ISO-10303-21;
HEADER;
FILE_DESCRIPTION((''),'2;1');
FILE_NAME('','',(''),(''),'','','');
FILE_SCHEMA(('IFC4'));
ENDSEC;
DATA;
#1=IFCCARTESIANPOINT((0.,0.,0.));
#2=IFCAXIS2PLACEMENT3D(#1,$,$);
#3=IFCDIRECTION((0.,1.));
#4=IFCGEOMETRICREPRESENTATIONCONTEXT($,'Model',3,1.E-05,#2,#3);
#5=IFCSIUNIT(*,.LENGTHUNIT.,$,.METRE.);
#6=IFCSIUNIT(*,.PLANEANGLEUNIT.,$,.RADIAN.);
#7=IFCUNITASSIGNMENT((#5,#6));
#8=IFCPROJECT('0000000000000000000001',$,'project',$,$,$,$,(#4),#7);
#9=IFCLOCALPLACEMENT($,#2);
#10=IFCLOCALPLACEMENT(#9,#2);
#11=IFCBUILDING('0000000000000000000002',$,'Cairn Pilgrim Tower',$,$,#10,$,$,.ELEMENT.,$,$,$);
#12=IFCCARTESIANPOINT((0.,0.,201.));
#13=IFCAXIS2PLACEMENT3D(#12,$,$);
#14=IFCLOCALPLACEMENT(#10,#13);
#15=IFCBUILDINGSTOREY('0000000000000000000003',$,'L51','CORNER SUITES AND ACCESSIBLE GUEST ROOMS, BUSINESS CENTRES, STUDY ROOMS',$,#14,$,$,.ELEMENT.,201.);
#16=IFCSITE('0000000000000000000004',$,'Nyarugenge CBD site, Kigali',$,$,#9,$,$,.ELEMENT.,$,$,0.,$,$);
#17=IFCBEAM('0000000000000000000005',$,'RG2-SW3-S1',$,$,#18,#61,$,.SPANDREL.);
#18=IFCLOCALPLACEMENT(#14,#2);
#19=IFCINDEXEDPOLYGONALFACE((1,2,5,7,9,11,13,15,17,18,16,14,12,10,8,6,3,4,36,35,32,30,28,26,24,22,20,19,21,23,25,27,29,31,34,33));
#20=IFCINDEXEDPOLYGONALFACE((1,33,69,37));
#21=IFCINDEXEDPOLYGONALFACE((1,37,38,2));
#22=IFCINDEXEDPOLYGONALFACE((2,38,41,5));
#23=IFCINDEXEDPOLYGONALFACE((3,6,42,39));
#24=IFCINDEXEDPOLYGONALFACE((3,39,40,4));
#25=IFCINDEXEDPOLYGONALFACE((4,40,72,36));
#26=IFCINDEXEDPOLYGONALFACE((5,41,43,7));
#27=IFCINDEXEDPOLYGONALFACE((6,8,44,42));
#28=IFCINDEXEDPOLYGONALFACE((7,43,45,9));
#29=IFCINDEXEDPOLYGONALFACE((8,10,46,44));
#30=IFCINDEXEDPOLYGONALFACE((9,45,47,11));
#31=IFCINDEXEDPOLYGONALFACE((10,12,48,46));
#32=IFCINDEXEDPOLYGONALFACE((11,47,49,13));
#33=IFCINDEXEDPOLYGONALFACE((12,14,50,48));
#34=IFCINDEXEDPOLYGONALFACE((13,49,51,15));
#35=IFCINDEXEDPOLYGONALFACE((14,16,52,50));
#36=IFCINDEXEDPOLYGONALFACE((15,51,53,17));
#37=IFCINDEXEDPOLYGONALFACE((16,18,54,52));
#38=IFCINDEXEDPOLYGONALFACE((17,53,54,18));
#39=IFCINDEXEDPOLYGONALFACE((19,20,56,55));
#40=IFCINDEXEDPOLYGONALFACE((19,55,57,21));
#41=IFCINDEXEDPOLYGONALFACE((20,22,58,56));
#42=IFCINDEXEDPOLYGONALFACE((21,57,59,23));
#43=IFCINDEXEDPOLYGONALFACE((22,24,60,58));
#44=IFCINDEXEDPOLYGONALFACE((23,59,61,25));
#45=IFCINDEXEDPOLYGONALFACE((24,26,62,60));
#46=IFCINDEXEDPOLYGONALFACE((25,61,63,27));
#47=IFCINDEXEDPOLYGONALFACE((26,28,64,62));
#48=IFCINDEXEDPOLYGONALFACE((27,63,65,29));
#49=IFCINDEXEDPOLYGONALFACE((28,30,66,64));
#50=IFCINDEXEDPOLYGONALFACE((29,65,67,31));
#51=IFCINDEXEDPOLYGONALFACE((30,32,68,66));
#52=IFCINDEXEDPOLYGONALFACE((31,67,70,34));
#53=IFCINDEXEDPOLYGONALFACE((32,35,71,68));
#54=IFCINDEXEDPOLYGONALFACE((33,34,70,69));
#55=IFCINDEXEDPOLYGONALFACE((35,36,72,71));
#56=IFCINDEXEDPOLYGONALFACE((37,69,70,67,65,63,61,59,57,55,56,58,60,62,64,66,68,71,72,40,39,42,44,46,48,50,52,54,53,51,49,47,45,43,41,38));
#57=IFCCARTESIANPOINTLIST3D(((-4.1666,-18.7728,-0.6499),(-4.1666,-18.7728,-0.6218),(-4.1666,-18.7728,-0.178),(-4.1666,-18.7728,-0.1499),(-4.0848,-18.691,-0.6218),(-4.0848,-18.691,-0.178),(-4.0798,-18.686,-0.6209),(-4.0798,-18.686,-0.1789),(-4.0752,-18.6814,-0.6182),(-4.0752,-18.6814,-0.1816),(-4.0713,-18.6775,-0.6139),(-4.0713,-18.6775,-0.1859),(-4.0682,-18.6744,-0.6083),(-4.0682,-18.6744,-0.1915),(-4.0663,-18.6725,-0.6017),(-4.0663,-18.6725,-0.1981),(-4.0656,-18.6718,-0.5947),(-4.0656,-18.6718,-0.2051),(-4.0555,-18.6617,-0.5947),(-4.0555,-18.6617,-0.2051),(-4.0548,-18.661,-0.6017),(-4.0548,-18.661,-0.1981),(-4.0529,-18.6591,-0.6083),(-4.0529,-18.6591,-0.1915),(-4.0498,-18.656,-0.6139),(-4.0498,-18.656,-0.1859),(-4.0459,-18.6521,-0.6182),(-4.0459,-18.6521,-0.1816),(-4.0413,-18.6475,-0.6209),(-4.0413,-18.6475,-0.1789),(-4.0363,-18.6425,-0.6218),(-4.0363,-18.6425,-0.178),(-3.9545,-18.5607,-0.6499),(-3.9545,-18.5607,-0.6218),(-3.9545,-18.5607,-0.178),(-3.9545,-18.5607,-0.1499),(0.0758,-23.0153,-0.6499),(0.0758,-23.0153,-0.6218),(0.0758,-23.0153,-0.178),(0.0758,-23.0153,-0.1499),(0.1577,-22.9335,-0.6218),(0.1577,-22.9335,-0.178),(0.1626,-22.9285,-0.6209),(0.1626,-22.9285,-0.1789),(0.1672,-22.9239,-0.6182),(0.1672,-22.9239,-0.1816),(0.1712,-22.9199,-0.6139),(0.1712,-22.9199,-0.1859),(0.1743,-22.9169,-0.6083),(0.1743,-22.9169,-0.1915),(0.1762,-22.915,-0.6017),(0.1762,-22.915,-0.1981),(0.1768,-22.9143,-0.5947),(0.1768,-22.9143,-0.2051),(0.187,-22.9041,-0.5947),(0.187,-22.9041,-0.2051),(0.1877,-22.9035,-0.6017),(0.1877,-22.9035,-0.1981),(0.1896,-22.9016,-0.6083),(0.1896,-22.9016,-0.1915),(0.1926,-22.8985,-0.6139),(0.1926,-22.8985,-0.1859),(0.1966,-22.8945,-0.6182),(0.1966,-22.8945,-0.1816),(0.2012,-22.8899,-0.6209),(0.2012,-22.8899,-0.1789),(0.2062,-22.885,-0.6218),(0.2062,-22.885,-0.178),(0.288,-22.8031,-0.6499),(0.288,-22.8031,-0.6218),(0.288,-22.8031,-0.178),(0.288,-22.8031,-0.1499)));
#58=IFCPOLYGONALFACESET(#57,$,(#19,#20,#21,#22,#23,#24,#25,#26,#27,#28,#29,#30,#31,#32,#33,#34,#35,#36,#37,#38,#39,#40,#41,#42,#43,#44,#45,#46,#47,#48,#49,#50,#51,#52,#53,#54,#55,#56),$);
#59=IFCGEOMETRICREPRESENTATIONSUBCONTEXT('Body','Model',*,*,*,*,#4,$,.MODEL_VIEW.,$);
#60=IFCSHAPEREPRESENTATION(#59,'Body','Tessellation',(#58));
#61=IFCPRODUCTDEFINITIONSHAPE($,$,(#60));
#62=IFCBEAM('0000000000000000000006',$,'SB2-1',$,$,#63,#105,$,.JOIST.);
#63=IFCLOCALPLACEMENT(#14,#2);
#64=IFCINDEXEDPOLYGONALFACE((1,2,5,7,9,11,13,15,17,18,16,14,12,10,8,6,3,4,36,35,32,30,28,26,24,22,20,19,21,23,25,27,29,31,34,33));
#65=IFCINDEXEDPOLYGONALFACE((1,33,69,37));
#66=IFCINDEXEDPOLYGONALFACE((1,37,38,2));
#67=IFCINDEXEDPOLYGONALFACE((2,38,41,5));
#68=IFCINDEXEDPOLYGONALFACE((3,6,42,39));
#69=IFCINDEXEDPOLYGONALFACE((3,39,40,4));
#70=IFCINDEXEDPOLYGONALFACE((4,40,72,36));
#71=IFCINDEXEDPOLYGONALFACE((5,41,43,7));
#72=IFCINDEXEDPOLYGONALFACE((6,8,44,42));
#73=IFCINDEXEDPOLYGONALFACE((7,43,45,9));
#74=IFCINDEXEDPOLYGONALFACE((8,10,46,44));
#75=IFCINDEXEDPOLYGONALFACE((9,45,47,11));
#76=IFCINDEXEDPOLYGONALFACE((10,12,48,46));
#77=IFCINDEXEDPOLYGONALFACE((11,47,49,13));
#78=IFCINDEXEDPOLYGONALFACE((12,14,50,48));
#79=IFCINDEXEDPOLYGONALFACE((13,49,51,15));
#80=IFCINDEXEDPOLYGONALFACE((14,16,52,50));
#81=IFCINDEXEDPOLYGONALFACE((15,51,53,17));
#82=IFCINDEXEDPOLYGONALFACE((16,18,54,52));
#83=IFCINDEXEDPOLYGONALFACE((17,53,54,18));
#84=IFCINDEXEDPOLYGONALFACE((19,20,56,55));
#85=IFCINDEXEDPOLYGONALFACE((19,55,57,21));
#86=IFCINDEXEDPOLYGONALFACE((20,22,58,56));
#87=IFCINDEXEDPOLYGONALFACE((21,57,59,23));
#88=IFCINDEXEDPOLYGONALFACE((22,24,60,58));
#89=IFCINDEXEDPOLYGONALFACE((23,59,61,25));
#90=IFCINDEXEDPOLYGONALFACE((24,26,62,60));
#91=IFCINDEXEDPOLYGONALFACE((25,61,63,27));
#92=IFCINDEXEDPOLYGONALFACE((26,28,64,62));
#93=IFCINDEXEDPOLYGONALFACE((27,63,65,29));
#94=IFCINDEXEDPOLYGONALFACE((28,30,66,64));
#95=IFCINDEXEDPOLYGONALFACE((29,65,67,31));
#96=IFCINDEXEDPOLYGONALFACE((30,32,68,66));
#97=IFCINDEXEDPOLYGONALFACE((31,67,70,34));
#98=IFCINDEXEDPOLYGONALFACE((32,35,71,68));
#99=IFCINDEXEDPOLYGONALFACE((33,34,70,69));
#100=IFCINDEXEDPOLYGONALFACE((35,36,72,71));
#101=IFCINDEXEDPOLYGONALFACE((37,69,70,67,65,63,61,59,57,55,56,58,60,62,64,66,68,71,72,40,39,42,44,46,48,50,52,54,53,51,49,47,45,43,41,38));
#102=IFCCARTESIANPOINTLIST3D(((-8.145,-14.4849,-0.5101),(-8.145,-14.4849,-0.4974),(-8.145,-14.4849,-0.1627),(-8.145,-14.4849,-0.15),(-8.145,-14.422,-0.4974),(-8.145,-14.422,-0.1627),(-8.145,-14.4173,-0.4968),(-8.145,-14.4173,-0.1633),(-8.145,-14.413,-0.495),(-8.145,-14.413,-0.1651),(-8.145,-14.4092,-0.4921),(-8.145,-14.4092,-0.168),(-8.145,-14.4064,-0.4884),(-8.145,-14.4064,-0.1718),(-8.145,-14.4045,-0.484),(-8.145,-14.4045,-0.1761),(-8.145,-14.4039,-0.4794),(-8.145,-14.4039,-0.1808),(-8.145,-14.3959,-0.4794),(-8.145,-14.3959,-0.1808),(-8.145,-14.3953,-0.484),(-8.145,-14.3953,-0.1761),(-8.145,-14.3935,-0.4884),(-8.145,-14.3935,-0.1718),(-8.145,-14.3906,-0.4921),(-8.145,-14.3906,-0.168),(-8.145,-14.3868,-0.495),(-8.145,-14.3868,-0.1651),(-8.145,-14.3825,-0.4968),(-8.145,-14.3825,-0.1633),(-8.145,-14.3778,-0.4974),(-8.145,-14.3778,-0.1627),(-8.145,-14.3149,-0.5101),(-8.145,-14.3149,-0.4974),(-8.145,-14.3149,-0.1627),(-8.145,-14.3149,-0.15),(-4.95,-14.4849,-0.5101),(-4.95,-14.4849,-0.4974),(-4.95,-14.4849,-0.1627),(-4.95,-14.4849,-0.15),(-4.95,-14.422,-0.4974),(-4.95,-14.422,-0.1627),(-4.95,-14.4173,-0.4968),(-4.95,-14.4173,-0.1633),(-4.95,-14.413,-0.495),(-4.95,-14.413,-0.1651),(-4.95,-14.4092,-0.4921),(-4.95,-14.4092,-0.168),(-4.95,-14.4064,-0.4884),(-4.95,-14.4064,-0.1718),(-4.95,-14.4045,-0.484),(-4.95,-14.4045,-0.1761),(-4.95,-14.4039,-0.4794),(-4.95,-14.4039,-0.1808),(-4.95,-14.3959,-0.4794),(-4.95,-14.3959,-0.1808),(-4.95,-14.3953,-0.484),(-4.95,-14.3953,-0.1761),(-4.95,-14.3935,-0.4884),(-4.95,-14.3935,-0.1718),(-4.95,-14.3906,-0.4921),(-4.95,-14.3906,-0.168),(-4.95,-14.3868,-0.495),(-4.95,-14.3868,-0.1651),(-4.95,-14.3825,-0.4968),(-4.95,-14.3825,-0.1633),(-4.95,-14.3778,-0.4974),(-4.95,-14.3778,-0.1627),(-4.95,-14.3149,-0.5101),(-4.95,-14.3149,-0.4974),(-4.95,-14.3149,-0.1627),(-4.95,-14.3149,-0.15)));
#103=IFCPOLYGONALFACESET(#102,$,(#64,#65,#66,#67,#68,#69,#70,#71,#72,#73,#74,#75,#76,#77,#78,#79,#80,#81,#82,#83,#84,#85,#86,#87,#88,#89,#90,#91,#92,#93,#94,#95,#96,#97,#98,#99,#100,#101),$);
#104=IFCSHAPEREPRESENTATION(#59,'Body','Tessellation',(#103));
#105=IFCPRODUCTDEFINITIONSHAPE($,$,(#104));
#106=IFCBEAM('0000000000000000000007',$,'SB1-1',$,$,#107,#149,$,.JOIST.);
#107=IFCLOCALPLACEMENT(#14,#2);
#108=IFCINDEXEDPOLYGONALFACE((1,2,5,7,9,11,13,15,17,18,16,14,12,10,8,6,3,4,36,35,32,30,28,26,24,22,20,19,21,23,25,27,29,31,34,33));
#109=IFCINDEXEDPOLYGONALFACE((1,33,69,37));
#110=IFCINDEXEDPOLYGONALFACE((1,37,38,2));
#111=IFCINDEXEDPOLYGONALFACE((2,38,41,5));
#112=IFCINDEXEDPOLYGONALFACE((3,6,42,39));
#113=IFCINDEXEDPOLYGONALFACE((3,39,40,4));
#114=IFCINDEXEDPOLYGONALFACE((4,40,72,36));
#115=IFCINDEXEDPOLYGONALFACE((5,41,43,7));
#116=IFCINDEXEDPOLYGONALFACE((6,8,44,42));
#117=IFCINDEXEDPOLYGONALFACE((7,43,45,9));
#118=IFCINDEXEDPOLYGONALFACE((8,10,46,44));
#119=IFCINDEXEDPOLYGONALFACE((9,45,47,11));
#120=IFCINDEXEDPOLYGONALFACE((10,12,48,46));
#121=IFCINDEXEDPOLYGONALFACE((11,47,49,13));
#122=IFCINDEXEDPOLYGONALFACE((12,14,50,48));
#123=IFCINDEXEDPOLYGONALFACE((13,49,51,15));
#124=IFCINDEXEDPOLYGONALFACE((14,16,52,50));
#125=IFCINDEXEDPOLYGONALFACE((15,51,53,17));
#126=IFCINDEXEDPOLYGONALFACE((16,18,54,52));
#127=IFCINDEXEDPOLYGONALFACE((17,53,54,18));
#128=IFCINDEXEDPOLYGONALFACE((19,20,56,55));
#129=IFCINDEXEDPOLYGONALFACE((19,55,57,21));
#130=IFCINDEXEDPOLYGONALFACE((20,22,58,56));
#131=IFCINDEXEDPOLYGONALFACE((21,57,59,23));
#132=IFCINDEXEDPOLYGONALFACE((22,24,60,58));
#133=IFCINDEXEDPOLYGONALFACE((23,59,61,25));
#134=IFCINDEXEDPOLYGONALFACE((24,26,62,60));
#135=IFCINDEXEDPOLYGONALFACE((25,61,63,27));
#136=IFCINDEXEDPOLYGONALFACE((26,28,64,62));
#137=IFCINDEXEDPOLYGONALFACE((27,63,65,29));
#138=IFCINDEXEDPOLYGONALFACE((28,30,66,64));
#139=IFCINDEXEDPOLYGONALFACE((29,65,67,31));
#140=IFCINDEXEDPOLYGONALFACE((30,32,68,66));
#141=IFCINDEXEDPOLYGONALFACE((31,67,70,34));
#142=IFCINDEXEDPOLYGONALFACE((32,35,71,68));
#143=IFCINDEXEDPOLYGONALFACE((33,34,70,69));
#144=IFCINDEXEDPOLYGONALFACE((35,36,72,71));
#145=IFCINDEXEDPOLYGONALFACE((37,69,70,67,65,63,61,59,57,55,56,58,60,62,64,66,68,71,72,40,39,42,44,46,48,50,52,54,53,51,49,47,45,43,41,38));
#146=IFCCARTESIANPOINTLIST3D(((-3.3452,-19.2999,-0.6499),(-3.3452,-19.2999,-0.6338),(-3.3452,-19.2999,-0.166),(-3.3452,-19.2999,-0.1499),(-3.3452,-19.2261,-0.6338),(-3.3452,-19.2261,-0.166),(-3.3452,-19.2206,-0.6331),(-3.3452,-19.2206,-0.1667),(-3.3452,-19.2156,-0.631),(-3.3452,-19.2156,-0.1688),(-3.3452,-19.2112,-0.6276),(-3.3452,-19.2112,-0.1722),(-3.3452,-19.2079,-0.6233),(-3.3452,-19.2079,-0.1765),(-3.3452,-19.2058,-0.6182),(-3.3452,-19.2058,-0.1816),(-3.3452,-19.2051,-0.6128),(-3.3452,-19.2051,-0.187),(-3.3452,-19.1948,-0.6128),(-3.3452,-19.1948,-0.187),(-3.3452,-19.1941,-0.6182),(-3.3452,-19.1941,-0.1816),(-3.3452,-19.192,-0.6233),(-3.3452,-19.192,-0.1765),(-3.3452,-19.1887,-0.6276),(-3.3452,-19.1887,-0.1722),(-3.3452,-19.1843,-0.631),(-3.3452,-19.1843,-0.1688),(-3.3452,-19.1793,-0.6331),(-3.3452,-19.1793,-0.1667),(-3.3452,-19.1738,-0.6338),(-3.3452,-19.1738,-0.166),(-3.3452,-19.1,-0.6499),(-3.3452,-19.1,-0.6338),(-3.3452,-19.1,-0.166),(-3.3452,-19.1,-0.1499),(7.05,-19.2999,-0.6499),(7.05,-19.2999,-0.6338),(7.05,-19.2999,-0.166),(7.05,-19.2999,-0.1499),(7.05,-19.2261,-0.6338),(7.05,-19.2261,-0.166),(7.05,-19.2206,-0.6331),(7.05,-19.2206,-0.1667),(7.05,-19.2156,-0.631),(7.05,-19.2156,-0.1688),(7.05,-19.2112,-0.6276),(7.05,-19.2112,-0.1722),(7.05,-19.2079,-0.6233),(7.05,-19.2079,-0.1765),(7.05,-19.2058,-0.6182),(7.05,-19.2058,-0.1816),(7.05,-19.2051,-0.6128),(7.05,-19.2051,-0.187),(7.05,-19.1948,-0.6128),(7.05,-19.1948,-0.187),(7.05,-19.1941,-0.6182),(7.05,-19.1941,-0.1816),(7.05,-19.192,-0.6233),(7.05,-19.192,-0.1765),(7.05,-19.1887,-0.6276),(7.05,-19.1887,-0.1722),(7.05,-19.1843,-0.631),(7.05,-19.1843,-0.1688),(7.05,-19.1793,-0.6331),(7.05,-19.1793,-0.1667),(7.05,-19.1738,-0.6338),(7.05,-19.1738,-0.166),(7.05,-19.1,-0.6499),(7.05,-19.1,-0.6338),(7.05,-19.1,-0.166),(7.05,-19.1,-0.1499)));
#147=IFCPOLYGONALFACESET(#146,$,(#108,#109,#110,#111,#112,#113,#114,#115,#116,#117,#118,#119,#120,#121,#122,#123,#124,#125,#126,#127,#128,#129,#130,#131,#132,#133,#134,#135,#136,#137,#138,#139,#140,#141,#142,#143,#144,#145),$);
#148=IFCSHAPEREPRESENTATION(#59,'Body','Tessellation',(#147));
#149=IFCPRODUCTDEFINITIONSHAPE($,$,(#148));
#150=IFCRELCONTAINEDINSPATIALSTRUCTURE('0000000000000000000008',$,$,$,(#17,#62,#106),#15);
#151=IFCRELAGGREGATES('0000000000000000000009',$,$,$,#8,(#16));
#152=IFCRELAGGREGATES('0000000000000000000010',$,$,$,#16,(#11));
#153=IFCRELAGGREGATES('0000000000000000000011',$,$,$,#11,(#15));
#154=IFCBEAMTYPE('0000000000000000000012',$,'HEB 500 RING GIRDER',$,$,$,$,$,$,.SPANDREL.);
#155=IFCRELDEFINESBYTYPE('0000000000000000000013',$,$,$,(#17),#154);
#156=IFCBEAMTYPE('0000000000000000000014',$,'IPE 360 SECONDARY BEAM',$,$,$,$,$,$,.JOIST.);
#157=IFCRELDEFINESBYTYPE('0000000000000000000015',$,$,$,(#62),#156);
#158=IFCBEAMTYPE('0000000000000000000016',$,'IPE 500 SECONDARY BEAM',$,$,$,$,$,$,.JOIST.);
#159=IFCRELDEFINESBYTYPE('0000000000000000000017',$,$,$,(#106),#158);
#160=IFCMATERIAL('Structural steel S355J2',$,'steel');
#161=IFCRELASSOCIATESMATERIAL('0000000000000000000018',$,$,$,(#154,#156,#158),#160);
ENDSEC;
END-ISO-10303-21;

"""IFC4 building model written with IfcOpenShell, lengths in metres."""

from ifc_helpers import new_model, si_unit, direction, frame, origin, origin_2d, place, context, subcontext, project, spatial, i_section, extrude, material, material_profile, profile_set, type_object, element, save


model = new_model("IFC4")

# Units and contexts
model_context = context("Model", 3, precision=1e-05, world=origin(), true_north=direction((0.0, 1.0)))
body_context = subcontext(model_context, "Body", "Model", "MODEL_VIEW")
ifc_project = project(units=[si_unit("LENGTHUNIT", "METRE"), si_unit("PLANEANGLEUNIT", "RADIAN")], contexts=[model_context])

# Site, building, storey
site_placement = place(None, origin())
site = spatial("IfcSite", under=ifc_project, at=site_placement, Name="Nyarugenge CBD site, Kigali", CompositionType="ELEMENT", RefElevation=0.0)
building_placement = place(site_placement, origin())
building = spatial("IfcBuilding", under=site, at=building_placement, Name="Cairn Pilgrim Tower", CompositionType="ELEMENT")
storey_placement = place(building_placement, frame((0.0, 0.0, 201.0)))
storey = spatial("IfcBuildingStorey", under=building, at=storey_placement, Name="L51", Description="CORNER SUITES AND ACCESSIBLE GUEST ROOMS, BUSINESS CENTRES, STUDY ROOMS", CompositionType="ELEMENT", Elevation=201.0)

# Shared definitions
ifc_material_1 = material(Name="Structural steel S355J2", Category="steel")

# Beams
ifc_material_profile_1 = material_profile(ifc_material_1, i_section(OverallWidth=0.3, OverallDepth=0.5, WebThickness=0.0144, FlangeThickness=0.0281, FilletRadius=0.0271, at=origin_2d()), Name="HEB 500")
ifc_profile_set_1 = profile_set([ifc_material_profile_1], Name="Structural steel S355J2")
beam_type_1 = type_object("IfcBeamType", Name="HEB 500 RING GIRDER", PredefinedType="SPANDREL", material=ifc_profile_set_1)
beam_1_placement = place(storey_placement, frame((-4.0605, -18.6667, -0.3999), z_axis=(0.707107, -0.707107, 0.0), x_axis=(0.707107, 0.707107, 0.0)))
element("IfcBeam", 1, at=beam_1_placement, inside=storey, type_object=beam_type_1, Name="RG2-SW3-S1", PredefinedType="SPANDREL", context=body_context, shape_type="SweptSolid", body=[
    extrude(i_section(OverallWidth=0.3, OverallDepth=0.5, WebThickness=0.0144, FlangeThickness=0.0281, FilletRadius=0.0271, at=origin_2d()), origin(), (0.0, 0.0, 1.0), 5.9998),
])
ifc_material_profile_2 = material_profile(ifc_material_1, i_section(OverallWidth=0.1699, OverallDepth=0.3601, WebThickness=0.0081, FlangeThickness=0.0127, FilletRadius=0.0181, at=origin_2d()), Name="IPE 360")
ifc_profile_set_2 = profile_set([ifc_material_profile_2], Name="Structural steel S355J2")
beam_type_2 = type_object("IfcBeamType", Name="IPE 360 SECONDARY BEAM", PredefinedType="JOIST", material=ifc_profile_set_2)
beam_2_placement = place(storey_placement, frame((-8.145, -14.3999, -0.3301), z_axis=(1.0, 0.0, 0.0), x_axis=(0.0, 1.0, 0.0)))
element("IfcBeam", 2, at=beam_2_placement, inside=storey, type_object=beam_type_2, Name="SB2-1", PredefinedType="JOIST", context=body_context, shape_type="SweptSolid", body=[
    extrude(i_section(OverallWidth=0.1699, OverallDepth=0.3601, WebThickness=0.0081, FlangeThickness=0.0127, FilletRadius=0.0181, at=origin_2d()), origin(), (0.0, 0.0, 1.0), 3.1951),
])
ifc_material_profile_3 = material_profile(ifc_material_1, i_section(OverallWidth=0.2, OverallDepth=0.5, WebThickness=0.0103, FlangeThickness=0.0161, FilletRadius=0.021, at=origin_2d()), Name="IPE 500")
ifc_profile_set_3 = profile_set([ifc_material_profile_3], Name="Structural steel S355J2")
beam_type_3 = type_object("IfcBeamType", Name="IPE 500 SECONDARY BEAM", PredefinedType="JOIST", material=ifc_profile_set_3)
beam_3_placement = place(storey_placement, frame((-3.3452, -19.2, -0.3999), z_axis=(1.0, 0.0, 0.0), x_axis=(0.0, 1.0, 0.0)))
element("IfcBeam", 3, at=beam_3_placement, inside=storey, type_object=beam_type_3, Name="SB1-1", PredefinedType="JOIST", context=body_context, shape_type="SweptSolid", body=[
    extrude(i_section(OverallWidth=0.2, OverallDepth=0.5, WebThickness=0.0103, FlangeThickness=0.0161, FilletRadius=0.021, at=origin_2d()), origin(), (0.0, 0.0, 1.0), 10.3953),
])

save(model, "model.ifc")
